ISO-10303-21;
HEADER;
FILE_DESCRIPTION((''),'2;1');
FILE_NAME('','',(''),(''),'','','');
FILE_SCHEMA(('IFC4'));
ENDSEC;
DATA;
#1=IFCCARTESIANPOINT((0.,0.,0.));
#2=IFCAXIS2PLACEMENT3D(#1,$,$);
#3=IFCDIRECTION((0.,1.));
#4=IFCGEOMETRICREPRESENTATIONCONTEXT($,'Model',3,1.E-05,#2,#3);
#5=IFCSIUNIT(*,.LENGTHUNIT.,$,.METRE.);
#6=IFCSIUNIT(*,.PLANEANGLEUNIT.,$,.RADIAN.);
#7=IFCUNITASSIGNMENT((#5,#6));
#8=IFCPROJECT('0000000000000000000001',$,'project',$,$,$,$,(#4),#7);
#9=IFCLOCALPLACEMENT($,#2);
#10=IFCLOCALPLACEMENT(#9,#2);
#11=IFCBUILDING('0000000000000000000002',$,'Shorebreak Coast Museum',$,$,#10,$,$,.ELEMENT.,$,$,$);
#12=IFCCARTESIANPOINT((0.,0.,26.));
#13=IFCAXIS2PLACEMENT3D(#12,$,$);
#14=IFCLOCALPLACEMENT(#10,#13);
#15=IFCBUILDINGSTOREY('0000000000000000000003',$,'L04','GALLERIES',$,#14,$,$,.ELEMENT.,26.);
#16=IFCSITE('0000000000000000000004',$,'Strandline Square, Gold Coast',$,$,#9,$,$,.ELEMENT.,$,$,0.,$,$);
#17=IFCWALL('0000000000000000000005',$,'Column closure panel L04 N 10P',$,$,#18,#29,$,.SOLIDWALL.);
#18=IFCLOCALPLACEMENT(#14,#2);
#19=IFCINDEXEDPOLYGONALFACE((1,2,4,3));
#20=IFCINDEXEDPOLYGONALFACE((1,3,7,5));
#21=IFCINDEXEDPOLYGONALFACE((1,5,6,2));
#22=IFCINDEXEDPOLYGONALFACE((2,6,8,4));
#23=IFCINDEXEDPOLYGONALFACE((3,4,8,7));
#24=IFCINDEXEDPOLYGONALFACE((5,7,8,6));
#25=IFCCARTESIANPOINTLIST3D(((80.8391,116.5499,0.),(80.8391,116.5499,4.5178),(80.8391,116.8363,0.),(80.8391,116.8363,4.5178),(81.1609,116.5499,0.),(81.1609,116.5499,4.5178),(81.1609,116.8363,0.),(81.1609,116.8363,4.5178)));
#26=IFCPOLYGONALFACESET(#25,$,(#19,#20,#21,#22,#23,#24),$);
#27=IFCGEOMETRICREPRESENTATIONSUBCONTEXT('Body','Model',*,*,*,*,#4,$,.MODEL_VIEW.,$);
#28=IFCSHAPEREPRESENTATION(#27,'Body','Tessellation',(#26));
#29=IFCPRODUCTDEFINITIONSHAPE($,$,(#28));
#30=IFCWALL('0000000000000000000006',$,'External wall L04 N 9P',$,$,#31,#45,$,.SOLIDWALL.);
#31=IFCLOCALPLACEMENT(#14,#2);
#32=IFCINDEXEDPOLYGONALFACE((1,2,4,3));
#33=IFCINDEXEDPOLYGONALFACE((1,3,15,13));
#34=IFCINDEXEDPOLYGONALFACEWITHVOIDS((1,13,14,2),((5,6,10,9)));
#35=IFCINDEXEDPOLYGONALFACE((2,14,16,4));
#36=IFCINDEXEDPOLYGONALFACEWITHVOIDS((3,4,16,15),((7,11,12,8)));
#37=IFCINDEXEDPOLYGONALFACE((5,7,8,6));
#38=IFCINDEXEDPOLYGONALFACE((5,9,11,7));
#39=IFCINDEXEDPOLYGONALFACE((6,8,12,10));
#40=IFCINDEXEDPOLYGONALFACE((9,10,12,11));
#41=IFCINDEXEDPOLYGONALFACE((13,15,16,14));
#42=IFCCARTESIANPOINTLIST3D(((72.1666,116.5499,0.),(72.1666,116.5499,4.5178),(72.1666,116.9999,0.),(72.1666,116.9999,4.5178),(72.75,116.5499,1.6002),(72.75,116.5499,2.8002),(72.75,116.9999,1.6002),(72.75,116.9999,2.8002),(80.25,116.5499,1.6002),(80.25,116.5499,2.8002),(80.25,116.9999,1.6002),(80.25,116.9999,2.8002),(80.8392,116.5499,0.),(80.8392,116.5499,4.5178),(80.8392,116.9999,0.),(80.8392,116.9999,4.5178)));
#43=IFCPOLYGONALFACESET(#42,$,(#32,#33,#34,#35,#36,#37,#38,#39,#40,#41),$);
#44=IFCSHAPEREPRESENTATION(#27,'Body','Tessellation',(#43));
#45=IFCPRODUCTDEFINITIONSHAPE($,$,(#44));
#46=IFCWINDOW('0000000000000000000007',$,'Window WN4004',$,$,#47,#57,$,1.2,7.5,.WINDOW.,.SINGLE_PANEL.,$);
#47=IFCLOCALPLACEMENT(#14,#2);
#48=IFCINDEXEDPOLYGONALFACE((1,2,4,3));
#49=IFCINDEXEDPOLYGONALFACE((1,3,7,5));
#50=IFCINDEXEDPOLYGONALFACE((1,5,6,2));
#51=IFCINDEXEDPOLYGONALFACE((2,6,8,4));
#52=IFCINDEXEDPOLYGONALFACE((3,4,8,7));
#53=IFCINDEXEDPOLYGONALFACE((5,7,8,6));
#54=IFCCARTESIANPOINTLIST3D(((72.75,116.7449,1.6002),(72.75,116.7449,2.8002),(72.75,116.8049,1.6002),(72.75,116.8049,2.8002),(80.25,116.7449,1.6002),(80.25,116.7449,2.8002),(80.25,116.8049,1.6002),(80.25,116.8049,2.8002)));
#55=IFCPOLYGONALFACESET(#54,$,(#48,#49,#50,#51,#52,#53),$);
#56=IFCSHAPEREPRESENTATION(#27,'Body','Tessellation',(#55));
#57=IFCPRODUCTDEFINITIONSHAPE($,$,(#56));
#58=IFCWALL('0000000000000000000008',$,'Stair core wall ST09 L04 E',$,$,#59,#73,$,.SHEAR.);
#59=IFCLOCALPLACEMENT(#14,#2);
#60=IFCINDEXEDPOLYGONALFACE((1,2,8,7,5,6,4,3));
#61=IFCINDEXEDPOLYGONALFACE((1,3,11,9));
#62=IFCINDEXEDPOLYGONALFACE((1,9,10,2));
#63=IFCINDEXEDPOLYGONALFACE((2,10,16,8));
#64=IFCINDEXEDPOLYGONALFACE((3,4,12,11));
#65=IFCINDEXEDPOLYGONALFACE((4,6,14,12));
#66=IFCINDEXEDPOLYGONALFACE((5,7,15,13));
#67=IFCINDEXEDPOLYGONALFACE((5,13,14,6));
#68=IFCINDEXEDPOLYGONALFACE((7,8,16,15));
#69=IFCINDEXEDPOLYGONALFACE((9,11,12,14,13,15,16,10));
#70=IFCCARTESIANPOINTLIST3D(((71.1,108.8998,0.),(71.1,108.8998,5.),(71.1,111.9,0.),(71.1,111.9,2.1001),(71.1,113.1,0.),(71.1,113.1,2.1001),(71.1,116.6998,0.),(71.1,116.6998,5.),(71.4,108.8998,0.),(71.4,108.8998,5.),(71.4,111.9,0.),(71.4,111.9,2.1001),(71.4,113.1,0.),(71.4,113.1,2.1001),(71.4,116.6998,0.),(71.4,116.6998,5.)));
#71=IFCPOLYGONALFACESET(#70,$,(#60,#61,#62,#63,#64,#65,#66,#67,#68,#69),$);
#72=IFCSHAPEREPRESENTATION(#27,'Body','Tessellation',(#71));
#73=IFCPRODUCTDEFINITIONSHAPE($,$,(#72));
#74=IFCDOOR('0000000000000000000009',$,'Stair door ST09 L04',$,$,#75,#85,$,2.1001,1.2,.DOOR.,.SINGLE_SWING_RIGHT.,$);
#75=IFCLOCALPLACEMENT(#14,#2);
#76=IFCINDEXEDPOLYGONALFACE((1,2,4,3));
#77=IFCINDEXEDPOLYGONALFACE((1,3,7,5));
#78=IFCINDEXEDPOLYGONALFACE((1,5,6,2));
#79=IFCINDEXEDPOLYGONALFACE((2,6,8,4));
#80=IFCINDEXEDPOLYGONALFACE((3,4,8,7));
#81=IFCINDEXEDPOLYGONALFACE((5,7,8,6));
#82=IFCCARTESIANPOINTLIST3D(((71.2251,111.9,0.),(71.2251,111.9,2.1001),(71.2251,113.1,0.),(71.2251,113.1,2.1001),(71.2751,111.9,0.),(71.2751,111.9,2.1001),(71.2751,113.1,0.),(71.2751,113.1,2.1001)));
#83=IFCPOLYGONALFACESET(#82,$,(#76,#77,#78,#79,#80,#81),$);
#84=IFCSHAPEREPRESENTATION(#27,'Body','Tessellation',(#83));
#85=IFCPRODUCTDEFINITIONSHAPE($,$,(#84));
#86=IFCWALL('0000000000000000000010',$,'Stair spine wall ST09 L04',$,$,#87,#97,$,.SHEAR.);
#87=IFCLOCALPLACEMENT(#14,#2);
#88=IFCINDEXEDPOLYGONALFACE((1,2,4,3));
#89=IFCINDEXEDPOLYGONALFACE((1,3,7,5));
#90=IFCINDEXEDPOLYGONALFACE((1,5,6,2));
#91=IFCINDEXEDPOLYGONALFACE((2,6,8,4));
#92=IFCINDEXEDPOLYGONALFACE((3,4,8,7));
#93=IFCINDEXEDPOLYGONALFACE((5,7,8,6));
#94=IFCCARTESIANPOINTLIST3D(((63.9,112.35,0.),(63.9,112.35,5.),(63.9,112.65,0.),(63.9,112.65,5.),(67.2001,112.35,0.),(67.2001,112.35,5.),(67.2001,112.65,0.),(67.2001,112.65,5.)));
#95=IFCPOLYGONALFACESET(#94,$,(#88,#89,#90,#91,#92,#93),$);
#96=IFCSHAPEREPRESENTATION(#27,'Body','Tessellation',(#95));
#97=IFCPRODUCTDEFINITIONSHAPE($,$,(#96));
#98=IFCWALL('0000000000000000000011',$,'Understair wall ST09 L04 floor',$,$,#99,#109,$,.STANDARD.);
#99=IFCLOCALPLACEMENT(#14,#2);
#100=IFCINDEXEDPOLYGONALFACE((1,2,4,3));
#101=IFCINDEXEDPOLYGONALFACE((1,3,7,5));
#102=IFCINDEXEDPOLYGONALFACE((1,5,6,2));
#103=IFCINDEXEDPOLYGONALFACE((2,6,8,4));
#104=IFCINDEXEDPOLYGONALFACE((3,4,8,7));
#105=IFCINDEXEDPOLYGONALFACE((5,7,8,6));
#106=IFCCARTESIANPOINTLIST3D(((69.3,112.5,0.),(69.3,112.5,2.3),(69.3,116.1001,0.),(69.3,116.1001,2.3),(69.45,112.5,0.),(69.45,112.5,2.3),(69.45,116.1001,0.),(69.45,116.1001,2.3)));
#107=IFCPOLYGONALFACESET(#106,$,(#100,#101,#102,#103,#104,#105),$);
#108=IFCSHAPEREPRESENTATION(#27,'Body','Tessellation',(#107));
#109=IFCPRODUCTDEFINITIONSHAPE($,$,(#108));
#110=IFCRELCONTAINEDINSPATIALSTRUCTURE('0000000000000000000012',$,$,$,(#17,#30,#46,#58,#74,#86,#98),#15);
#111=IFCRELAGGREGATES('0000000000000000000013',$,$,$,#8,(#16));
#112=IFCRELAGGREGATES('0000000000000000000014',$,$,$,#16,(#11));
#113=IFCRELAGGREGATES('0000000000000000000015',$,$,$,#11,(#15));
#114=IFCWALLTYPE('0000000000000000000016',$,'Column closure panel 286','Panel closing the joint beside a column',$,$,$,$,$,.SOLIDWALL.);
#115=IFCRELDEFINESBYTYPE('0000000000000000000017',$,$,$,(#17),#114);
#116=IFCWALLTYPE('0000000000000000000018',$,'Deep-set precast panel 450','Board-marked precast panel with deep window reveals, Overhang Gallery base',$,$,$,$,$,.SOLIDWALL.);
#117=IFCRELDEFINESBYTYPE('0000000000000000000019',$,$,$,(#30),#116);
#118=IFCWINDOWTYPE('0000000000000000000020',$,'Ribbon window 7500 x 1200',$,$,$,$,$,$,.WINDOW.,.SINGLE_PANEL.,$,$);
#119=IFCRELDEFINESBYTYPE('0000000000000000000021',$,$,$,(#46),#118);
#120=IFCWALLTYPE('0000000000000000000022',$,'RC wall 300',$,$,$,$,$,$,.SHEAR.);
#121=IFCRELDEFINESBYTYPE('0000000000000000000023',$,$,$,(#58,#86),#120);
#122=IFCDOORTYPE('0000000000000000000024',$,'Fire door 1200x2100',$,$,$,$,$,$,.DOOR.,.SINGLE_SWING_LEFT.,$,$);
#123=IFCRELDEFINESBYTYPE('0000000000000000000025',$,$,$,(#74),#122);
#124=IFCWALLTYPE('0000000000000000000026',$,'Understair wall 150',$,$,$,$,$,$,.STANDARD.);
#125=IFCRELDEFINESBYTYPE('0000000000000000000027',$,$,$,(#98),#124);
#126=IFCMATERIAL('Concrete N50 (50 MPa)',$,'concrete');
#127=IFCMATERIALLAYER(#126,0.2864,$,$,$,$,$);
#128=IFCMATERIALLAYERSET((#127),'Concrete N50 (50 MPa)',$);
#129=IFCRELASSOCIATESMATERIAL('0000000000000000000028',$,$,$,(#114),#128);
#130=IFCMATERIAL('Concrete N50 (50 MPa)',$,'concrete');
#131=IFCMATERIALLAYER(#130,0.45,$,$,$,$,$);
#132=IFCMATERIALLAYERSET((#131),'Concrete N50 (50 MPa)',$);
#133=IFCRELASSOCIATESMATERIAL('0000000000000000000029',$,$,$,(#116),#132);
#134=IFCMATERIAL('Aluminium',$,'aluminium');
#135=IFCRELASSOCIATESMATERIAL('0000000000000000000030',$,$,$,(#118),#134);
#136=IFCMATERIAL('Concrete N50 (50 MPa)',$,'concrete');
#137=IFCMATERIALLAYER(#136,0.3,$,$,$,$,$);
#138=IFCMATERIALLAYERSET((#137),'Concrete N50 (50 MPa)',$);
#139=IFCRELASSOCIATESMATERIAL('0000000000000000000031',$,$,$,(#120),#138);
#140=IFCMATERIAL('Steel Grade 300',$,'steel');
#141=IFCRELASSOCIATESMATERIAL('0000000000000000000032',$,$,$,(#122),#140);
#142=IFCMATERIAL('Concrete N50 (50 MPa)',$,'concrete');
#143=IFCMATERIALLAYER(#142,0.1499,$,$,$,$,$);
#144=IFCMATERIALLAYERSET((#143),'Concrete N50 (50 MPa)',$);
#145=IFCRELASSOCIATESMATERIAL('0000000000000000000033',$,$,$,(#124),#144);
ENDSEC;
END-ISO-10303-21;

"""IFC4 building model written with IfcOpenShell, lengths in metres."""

from ifc_helpers import new_model, si_unit, direction, frame, frame_2d, origin, place, context, subcontext, project, spatial, rectangle, extrude, material, layer, layer_set, type_object, element, fill, save


model = new_model("IFC4")

# Units and contexts
model_context = context("Model", 3, precision=1e-05, world=origin(), true_north=direction((0.0, 1.0)))
body_context = subcontext(model_context, "Body", "Model", "MODEL_VIEW")
ifc_project = project(units=[si_unit("LENGTHUNIT", "METRE"), si_unit("PLANEANGLEUNIT", "RADIAN")], contexts=[model_context])

# Site, building, storey
site_placement = place(None, origin())
site = spatial("IfcSite", under=ifc_project, at=site_placement, Name="Strandline Square, Gold Coast", CompositionType="ELEMENT", RefElevation=0.0)
building_placement = place(site_placement, origin())
building = spatial("IfcBuilding", under=site, at=building_placement, Name="Shorebreak Coast Museum", CompositionType="ELEMENT")
storey_placement = place(building_placement, frame((0.0, 0.0, 26.0)))
storey = spatial("IfcBuildingStorey", under=building, at=storey_placement, Name="L04", Description="GALLERIES", CompositionType="ELEMENT", Elevation=26.0)

# Wall
ifc_material_1 = material(Name="Concrete N50 (50 MPa)", Category="concrete")
ifc_layer_1 = layer(ifc_material_1, 0.2864)
ifc_layer_set_1 = layer_set([ifc_layer_1], Name="Concrete N50 (50 MPa)")
wall_type_1 = type_object("IfcWallType", Name="Column closure panel 286", Description="Panel closing the joint beside a column", PredefinedType="SOLIDWALL", material=ifc_layer_set_1)
wall_1_placement = place(storey_placement, frame((80.8391, 116.6931, 0.0), z_axis=(0.0, 0.0, 1.0), x_axis=(1.0, 0.0, 0.0)))
element("IfcWall", 1, at=wall_1_placement, inside=storey, type_object=wall_type_1, Name="Column closure panel L04 N 10P", PredefinedType="SOLIDWALL", context=body_context, shape_type="SweptSolid", body=[
    extrude(rectangle(XDim=0.3218, YDim=0.2864, at=frame_2d((0.1609, 0.0))), origin(), (0.0, 0.0, 1.0), 4.5178),
])

# Wall, opening, window
ifc_material_2 = material(Name="Concrete N50 (50 MPa)", Category="concrete")
ifc_layer_2 = layer(ifc_material_2, 0.45)
ifc_layer_set_2 = layer_set([ifc_layer_2], Name="Concrete N50 (50 MPa)")
wall_type_2 = type_object("IfcWallType", Name="Deep-set precast panel 450", Description="Board-marked precast panel with deep window reveals, Overhang Gallery base", PredefinedType="SOLIDWALL", material=ifc_layer_set_2)
wall_2_placement = place(storey_placement, frame((72.1665, 116.7749, 0.0), z_axis=(0.0, 0.0, 1.0), x_axis=(1.0, 0.0, 0.0)))
wall_2 = element("IfcWall", 2, at=wall_2_placement, inside=storey, type_object=wall_type_2, Name="External wall L04 N 9P", PredefinedType="SOLIDWALL", context=body_context, shape_type="SweptSolid", body=[
    extrude(rectangle(XDim=8.6726, YDim=0.45, at=frame_2d((4.3364, 0.0))), origin(), (0.0, 0.0, 1.0), 4.5178),
])
opening_1_placement = place(wall_2_placement, frame((0.5835, 0.0, 1.6001)))
opening_1 = element("IfcOpeningElement", 3, at=opening_1_placement, cuts=wall_2, PredefinedType="OPENING", context=body_context, shape_type="SweptSolid", body=[
    extrude(rectangle(XDim=7.5, YDim=1.2, at=frame_2d((3.75, 0.6001))), frame((0.0, 0.2349, 0.0), z_axis=(0.0, -1.0, 0.0), x_axis=(1.0, 0.0, 0.0)), (0.0, 0.0, 1.0), 0.47),
])
ifc_material_3 = material(Name="Aluminium", Category="aluminium")
window_type = type_object("IfcWindowType", Name="Ribbon window 7500 x 1200", PartitioningType="SINGLE_PANEL", PredefinedType="WINDOW", material=ifc_material_3)
window_placement = place(opening_1_placement, origin())
window = element("IfcWindow", 4, at=window_placement, inside=storey, type_object=window_type, Name="Window WN4004", OverallHeight=1.2, OverallWidth=7.5, PartitioningType="SINGLE_PANEL", PredefinedType="WINDOW", context=body_context, shape_type="SweptSolid", body=[
    extrude(rectangle(XDim=7.5, YDim=1.2, at=frame_2d((3.75, 0.6001))), frame((0.0, 0.03, 0.0), z_axis=(0.0, -1.0, 0.0), x_axis=(1.0, 0.0, 0.0)), (0.0, 0.0, 1.0), 0.0601),
])
fill(opening_1, window)

# Wall, opening, door
ifc_material_4 = material(Name="Concrete N50 (50 MPa)", Category="concrete")
ifc_layer_3 = layer(ifc_material_4, 0.3)
ifc_layer_set_3 = layer_set([ifc_layer_3], Name="Concrete N50 (50 MPa)")
wall_type_3 = type_object("IfcWallType", Name="RC wall 300", PredefinedType="SHEAR", material=ifc_layer_set_3)
wall_3_placement = place(storey_placement, frame((71.25, 108.8999, 0.0), z_axis=(0.0, 0.0, 1.0), x_axis=(0.0, 1.0, 0.0)))
wall_3 = element("IfcWall", 5, at=wall_3_placement, inside=storey, type_object=wall_type_3, Name="Stair core wall ST09 L04 E", PredefinedType="SHEAR", context=body_context, shape_type="SweptSolid", body=[
    extrude(rectangle(XDim=7.8, YDim=0.3, at=frame_2d((3.8999, 0.0))), origin(), (0.0, 0.0, 1.0), 5.0),
])
opening_2_placement = place(wall_3_placement, frame((3.0, 0.0, 0.0)))
opening_2 = element("IfcOpeningElement", 6, at=opening_2_placement, cuts=wall_3, PredefinedType="OPENING", context=body_context, shape_type="SweptSolid", body=[
    extrude(rectangle(XDim=1.2, YDim=2.1001, at=frame_2d((0.6001, 1.05))), frame((0.0, 0.1599, 0.0), z_axis=(0.0, -1.0, 0.0), x_axis=(1.0, 0.0, 0.0)), (0.0, 0.0, 1.0), 0.3201),
])
ifc_material_5 = material(Name="Steel Grade 300", Category="steel")
door_type = type_object("IfcDoorType", Name="Fire door 1200x2100", OperationType="SINGLE_SWING_LEFT", PredefinedType="DOOR", material=ifc_material_5)
door_placement = place(opening_2_placement, origin())
door = element("IfcDoor", 7, at=door_placement, inside=storey, type_object=door_type, Name="Stair door ST09 L04", OperationType="SINGLE_SWING_RIGHT", OverallHeight=2.1001, OverallWidth=1.2, PredefinedType="DOOR", context=body_context, shape_type="SweptSolid", body=[
    extrude(rectangle(XDim=1.2, YDim=2.1001, at=frame_2d((0.6001, 1.05))), frame((0.0, 0.0249, 0.0), z_axis=(0.0, -1.0, 0.0), x_axis=(1.0, 0.0, 0.0)), (0.0, 0.0, 1.0), 0.05),
])
fill(opening_2, door)

# Walls
wall_4_placement = place(storey_placement, frame((67.2, 112.5, 0.0), z_axis=(0.0, 0.0, 1.0), x_axis=(-1.0, 0.0, 0.0)))
element("IfcWall", 8, at=wall_4_placement, inside=storey, type_object=wall_type_3, Name="Stair spine wall ST09 L04", PredefinedType="SHEAR", context=body_context, shape_type="SweptSolid", body=[
    extrude(rectangle(XDim=3.3, YDim=0.3, at=frame_2d((1.6499, 0.0))), origin(), (0.0, 0.0, 1.0), 5.0),
])
ifc_material_6 = material(Name="Concrete N50 (50 MPa)", Category="concrete")
ifc_layer_4 = layer(ifc_material_6, 0.1499)
ifc_layer_set_4 = layer_set([ifc_layer_4], Name="Concrete N50 (50 MPa)")
wall_type_4 = type_object("IfcWallType", Name="Understair wall 150", PredefinedType="STANDARD", material=ifc_layer_set_4)
wall_5_placement = place(storey_placement, frame((69.375, 112.5, 0.0), z_axis=(0.0, 0.0, 1.0), x_axis=(0.0, 1.0, 0.0)))
element("IfcWall", 9, at=wall_5_placement, inside=storey, type_object=wall_type_4, Name="Understair wall ST09 L04 floor", PredefinedType="STANDARD", context=body_context, shape_type="SweptSolid", body=[
    extrude(rectangle(XDim=3.6001, YDim=0.1499, at=frame_2d((1.8, 0.0))), origin(), (0.0, 0.0, 1.0), 2.3),
])

save(model, "model.ifc")
